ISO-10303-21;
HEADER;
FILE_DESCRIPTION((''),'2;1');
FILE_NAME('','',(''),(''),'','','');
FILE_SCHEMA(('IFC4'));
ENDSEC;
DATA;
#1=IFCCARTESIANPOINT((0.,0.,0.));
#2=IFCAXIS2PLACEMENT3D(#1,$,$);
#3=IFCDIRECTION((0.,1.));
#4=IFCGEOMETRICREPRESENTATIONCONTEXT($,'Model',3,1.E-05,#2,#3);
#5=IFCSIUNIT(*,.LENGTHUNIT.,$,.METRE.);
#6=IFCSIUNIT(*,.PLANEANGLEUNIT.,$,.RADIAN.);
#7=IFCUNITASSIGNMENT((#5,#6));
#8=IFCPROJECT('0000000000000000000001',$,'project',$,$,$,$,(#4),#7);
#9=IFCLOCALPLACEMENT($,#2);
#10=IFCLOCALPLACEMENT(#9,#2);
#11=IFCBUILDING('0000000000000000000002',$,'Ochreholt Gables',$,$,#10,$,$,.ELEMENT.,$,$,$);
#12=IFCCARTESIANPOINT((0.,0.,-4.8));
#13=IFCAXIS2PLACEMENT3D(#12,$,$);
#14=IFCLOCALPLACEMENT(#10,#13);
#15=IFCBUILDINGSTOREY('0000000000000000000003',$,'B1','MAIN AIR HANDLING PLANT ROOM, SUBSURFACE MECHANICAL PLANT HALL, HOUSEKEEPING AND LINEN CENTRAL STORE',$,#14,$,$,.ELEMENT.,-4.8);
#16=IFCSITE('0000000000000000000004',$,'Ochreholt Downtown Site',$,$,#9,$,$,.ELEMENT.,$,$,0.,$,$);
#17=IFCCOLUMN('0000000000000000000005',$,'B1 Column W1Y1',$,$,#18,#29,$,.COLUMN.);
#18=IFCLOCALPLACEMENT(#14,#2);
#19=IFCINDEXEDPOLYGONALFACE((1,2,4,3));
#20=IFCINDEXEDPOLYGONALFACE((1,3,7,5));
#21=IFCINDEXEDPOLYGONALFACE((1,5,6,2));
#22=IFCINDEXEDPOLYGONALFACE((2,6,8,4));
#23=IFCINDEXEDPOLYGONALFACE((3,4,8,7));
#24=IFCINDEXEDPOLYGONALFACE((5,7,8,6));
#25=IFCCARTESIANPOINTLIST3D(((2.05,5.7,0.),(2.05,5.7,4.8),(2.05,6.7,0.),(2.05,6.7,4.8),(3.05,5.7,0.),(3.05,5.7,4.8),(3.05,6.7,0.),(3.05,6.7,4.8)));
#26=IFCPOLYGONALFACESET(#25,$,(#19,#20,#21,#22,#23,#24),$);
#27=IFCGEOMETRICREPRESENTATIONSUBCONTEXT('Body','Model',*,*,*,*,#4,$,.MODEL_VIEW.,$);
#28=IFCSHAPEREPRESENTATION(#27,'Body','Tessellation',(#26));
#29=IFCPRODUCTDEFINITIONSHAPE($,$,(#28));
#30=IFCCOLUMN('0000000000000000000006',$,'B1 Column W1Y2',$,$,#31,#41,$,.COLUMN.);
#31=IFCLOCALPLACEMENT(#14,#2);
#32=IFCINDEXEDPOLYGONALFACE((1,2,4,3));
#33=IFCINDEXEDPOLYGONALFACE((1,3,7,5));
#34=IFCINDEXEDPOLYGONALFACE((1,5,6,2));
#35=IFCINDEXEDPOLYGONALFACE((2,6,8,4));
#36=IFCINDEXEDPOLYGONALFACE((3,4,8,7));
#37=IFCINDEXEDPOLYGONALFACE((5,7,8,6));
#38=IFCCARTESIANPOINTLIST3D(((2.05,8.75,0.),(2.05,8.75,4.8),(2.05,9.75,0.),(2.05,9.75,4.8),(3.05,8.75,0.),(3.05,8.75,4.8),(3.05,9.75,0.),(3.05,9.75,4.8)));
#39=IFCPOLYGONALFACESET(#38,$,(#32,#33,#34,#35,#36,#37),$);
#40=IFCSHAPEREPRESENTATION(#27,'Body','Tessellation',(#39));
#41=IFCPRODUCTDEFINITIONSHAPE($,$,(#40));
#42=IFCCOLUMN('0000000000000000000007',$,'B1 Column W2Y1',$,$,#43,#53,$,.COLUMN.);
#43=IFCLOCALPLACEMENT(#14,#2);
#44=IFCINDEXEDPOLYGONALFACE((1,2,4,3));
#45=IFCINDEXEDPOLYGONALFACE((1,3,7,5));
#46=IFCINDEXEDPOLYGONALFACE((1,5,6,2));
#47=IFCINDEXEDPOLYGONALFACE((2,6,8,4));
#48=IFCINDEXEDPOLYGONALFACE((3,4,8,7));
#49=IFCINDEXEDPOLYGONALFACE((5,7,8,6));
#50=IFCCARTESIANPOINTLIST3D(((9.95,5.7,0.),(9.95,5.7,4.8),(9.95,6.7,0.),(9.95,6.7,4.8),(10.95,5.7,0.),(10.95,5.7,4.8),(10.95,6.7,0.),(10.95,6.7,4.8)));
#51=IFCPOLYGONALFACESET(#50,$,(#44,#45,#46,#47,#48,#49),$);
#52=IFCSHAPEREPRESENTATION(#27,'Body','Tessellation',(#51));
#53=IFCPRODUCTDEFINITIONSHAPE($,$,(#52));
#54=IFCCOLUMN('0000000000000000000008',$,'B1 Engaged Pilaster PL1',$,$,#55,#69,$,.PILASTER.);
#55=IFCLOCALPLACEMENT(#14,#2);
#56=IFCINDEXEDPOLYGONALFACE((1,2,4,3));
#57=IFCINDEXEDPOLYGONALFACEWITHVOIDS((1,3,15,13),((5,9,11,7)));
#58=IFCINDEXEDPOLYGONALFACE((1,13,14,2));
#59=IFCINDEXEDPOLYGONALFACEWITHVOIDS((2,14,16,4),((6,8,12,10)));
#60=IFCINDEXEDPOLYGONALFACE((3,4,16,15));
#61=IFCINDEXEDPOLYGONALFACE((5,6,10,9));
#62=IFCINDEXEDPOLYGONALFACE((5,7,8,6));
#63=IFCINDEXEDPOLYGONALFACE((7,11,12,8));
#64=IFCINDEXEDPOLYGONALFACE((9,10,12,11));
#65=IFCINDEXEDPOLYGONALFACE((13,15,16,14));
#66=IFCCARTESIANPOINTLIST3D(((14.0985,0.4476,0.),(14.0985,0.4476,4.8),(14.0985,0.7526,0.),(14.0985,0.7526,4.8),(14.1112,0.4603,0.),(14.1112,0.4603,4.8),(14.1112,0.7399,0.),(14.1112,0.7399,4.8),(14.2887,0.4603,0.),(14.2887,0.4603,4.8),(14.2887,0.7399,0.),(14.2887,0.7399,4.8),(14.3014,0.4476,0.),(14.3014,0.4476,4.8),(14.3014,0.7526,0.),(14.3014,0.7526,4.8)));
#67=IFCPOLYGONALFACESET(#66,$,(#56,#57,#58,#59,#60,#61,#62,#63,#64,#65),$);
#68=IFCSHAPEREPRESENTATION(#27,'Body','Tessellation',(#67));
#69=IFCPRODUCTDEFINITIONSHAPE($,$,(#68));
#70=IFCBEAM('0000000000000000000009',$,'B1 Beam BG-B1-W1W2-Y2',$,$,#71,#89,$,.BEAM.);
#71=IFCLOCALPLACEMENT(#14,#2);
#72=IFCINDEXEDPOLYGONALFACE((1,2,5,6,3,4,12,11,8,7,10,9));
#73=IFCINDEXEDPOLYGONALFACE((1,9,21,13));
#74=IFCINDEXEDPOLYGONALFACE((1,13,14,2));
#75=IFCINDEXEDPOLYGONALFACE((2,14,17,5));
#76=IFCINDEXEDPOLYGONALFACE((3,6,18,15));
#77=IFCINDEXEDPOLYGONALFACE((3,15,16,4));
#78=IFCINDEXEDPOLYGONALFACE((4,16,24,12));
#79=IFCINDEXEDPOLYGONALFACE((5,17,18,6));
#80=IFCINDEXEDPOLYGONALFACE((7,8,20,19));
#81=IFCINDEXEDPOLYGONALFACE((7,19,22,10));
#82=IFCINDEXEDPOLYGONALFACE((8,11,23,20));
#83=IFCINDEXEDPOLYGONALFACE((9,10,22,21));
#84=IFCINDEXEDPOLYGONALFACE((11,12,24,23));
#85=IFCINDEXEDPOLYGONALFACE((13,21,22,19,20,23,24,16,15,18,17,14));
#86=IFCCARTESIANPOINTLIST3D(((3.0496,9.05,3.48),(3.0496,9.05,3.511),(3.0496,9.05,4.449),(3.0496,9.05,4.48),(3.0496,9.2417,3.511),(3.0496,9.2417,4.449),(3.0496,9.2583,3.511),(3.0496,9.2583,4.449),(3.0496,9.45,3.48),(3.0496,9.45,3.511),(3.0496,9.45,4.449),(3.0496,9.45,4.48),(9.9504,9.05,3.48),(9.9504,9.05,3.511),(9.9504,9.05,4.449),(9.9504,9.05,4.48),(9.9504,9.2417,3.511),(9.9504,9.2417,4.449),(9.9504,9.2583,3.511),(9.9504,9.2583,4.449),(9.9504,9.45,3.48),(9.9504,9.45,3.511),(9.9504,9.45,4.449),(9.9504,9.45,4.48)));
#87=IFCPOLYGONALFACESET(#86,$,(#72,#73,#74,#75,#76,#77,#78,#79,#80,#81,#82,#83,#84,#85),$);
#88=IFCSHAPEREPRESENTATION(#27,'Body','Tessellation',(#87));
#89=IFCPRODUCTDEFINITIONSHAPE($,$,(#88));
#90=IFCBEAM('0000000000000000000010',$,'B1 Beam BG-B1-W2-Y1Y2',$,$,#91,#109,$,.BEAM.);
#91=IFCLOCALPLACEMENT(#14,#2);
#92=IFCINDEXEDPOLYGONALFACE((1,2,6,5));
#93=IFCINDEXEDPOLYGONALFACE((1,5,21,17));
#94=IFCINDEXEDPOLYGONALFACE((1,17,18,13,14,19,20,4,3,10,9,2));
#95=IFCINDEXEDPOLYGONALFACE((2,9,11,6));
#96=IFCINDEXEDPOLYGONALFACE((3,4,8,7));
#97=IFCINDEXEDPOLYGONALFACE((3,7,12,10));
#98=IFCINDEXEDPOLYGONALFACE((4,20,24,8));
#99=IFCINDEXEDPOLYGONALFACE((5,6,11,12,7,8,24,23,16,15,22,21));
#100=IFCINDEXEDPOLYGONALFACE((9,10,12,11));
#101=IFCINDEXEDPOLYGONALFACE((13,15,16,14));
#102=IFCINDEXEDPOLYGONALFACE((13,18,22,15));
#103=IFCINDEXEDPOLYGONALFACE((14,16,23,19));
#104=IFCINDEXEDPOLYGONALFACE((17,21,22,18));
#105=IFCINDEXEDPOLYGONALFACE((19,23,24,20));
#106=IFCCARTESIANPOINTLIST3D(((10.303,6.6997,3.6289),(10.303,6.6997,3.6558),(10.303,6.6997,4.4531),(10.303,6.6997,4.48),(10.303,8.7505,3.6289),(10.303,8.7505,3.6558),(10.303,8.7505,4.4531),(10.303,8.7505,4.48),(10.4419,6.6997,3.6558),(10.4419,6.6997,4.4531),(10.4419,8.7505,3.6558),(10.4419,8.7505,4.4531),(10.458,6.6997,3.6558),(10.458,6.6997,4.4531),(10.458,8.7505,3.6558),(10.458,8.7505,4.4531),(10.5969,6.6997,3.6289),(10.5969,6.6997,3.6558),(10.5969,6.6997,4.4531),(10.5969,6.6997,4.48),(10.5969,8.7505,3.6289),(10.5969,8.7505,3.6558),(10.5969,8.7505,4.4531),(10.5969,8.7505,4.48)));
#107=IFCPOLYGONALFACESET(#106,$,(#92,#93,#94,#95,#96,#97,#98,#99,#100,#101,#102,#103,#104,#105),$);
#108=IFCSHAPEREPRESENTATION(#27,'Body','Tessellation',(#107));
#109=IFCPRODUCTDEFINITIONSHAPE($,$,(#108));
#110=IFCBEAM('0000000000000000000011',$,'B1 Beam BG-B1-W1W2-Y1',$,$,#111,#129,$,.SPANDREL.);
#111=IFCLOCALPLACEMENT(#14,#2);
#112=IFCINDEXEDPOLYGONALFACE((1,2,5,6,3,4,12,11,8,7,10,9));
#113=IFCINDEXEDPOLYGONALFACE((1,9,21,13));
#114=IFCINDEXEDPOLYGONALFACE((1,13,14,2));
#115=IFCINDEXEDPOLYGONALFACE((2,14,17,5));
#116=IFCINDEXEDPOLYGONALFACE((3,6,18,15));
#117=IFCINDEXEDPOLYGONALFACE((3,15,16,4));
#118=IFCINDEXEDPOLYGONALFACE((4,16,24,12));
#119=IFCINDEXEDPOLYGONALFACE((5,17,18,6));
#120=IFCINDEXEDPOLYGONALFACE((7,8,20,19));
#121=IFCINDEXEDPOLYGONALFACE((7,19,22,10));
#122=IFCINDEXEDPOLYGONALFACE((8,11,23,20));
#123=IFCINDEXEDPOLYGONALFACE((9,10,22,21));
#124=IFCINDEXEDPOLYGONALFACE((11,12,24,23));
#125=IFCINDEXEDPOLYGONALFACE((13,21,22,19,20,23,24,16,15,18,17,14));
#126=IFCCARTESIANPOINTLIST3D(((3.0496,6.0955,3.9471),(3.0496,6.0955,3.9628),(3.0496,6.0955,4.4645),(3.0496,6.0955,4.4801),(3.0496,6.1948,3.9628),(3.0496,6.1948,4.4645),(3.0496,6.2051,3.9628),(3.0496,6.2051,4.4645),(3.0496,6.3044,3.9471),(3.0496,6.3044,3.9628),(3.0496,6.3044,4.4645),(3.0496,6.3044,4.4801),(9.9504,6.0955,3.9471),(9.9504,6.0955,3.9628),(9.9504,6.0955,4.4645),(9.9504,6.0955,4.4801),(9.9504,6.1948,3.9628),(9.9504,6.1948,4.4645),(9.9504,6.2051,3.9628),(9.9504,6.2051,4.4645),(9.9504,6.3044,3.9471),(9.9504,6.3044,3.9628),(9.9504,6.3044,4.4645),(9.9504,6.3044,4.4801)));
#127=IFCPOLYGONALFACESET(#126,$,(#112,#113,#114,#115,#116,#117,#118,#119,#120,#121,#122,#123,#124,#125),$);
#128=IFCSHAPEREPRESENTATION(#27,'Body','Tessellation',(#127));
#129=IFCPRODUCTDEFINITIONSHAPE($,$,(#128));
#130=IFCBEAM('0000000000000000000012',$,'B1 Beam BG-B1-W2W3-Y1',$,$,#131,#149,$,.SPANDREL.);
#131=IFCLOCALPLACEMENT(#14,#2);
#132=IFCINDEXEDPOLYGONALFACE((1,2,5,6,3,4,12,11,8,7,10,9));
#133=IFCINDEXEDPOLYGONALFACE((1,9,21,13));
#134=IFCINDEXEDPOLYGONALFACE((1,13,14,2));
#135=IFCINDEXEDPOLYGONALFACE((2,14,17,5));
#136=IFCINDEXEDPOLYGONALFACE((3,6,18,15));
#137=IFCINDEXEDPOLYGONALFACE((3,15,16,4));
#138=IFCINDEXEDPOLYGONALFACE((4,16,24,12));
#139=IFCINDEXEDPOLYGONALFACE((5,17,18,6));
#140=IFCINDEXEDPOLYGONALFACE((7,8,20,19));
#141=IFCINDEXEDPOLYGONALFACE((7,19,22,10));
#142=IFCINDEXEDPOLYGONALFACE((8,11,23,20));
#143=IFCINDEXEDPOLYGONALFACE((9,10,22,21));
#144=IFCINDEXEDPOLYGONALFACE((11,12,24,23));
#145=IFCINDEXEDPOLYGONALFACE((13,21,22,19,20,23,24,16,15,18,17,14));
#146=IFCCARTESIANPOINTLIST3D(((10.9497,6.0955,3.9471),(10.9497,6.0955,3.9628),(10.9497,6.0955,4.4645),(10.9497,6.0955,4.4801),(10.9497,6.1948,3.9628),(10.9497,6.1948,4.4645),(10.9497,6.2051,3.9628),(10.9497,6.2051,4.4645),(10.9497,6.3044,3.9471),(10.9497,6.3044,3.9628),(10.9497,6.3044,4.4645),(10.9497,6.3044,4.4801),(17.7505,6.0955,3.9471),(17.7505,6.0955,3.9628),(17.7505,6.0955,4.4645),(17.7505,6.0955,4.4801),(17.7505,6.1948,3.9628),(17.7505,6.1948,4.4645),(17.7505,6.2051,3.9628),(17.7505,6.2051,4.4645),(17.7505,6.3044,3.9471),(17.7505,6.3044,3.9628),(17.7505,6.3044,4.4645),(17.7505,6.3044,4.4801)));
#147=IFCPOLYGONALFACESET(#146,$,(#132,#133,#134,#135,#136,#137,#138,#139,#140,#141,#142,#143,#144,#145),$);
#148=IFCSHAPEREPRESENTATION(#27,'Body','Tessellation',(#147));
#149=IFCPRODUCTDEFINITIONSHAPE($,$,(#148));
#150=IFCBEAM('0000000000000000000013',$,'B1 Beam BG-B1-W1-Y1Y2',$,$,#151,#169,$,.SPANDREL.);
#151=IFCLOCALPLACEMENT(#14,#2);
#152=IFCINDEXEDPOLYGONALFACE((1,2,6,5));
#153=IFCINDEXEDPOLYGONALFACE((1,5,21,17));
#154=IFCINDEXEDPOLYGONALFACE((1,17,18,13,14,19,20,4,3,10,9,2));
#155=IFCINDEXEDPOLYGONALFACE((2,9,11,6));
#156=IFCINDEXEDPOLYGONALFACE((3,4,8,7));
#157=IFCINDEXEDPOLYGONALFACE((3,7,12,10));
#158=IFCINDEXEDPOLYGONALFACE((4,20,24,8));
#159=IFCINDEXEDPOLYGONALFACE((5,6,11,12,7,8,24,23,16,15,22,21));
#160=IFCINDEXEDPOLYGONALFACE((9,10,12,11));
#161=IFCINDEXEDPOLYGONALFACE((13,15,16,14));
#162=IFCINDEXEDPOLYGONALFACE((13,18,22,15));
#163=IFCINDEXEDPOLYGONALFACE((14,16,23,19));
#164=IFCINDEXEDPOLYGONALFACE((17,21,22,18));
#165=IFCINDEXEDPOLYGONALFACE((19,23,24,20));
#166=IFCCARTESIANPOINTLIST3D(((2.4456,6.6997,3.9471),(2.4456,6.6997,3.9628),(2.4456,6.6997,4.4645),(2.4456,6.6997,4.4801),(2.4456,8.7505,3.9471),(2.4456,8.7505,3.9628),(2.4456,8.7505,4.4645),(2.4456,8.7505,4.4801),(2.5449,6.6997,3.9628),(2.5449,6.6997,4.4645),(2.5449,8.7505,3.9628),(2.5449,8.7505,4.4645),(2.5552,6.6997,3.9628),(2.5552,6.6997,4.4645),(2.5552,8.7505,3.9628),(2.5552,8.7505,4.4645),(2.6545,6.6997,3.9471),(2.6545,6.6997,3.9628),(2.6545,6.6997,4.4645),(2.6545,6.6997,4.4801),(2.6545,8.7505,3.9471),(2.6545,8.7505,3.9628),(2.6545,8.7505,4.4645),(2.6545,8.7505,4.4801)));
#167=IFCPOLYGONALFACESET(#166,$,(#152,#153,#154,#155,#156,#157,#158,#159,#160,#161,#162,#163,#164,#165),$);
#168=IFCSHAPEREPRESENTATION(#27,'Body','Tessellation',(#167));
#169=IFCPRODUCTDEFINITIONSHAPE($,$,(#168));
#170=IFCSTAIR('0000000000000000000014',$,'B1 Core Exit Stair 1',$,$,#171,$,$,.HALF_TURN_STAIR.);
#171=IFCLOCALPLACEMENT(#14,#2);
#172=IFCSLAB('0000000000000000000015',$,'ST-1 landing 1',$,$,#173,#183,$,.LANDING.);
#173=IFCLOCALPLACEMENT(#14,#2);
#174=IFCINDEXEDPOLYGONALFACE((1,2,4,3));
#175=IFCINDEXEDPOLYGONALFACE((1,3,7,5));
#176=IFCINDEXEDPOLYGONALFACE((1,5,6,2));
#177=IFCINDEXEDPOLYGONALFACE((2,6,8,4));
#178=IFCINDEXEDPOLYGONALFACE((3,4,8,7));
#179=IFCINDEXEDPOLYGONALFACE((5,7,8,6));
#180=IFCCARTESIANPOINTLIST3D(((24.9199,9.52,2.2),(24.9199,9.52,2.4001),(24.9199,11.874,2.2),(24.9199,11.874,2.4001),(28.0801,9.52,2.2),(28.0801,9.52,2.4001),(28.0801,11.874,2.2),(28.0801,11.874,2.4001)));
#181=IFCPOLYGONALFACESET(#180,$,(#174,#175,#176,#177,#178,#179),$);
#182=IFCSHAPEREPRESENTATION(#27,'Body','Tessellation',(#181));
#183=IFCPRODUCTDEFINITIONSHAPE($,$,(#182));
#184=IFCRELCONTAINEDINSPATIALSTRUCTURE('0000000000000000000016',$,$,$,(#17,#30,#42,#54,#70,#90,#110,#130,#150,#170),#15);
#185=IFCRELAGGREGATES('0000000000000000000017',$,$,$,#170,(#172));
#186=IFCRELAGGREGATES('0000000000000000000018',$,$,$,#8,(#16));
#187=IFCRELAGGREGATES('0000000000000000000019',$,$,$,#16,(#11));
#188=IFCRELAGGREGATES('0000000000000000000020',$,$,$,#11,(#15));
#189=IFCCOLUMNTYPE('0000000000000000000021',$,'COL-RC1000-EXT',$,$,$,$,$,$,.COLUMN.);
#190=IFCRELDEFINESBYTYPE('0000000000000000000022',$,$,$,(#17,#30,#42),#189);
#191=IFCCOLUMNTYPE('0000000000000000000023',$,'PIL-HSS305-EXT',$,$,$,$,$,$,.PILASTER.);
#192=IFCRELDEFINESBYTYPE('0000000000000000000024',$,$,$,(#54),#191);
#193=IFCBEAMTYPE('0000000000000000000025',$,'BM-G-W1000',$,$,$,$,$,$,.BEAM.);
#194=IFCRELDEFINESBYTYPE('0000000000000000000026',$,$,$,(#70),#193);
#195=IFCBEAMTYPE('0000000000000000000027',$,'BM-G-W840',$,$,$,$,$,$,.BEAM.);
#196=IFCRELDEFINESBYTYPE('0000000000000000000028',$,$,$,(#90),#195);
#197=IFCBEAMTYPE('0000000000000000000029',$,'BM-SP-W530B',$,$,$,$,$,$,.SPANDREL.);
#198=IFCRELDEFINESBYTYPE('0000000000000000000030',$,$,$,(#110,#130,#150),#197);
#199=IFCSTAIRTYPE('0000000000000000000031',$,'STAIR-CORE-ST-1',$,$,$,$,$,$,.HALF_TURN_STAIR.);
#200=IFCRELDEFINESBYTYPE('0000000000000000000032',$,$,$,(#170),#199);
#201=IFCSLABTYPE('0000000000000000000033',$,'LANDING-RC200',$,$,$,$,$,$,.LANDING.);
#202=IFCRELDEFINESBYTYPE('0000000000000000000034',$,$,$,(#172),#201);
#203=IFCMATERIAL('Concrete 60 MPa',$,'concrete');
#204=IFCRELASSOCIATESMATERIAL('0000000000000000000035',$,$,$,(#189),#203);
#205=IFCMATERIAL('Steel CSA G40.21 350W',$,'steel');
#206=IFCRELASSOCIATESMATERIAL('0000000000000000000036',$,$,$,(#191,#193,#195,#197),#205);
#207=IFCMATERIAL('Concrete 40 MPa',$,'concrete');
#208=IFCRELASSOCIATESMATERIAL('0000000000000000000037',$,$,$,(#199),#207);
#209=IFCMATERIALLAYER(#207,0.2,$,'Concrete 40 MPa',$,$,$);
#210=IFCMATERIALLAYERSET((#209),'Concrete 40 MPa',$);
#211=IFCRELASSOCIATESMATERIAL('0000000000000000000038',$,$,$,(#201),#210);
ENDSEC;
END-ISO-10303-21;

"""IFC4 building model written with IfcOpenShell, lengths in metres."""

from ifc_helpers import new_model, si_unit, direction, frame, origin, origin_2d, place, context, subcontext, project, spatial, polyline, rectangle, hollow_rectangle, i_section, outline, extrude, material, layer, layer_set, material_profile, profile_set, type_object, element, aggregate, save


model = new_model("IFC4")

# Units and contexts
model_context = context("Model", 3, precision=1e-05, world=origin(), true_north=direction((0.0, 1.0)))
body_context = subcontext(model_context, "Body", "Model", "MODEL_VIEW")
ifc_project = project(units=[si_unit("LENGTHUNIT", "METRE"), si_unit("PLANEANGLEUNIT", "RADIAN")], contexts=[model_context])

# Site, building, storey
site_placement = place(None, origin())
site = spatial("IfcSite", under=ifc_project, at=site_placement, Name="Ochreholt Downtown Site", CompositionType="ELEMENT", RefElevation=0.0)
building_placement = place(site_placement, origin())
building = spatial("IfcBuilding", under=site, at=building_placement, Name="Ochreholt Gables", CompositionType="ELEMENT")
storey_placement = place(building_placement, frame((0.0, 0.0, -4.8)))
storey = spatial("IfcBuildingStorey", under=building, at=storey_placement, Name="B1", Description="MAIN AIR HANDLING PLANT ROOM, SUBSURFACE MECHANICAL PLANT HALL, HOUSEKEEPING AND LINEN CENTRAL STORE", CompositionType="ELEMENT", Elevation=-4.8)

# Columns
ifc_material_1 = material(Name="Concrete 60 MPa", Category="concrete")
ifc_material_profile_1 = material_profile(ifc_material_1, rectangle(XDim=1.0, YDim=1.0, at=origin_2d()), Name="RC1000X1000")
ifc_profile_set_1 = profile_set([ifc_material_profile_1], Name="Concrete 60 MPa")
column_type_1 = type_object("IfcColumnType", Name="COL-RC1000-EXT", PredefinedType="COLUMN", material=ifc_profile_set_1)
for number, where, z_axis, x_axis, name in (
    (1, (2.55, 6.2, 0.0), (0.0, 0.0, 1.0), (1.0, 0.0, 0.0), "B1 Column W1Y1"),
    (2, (2.55, 9.25, 0.0), (0.0, 0.0, 1.0), (1.0, 0.0, 0.0), "B1 Column W1Y2"),
    (3, (10.45, 6.2, 0.0), (0.0, 0.0, 1.0), (1.0, 0.0, 0.0), "B1 Column W2Y1"),
):
    element("IfcColumn", number, at=place(storey_placement, frame(where, z_axis=z_axis, x_axis=x_axis)), inside=storey, type_object=column_type_1, Name=name, PredefinedType="COLUMN", context=body_context, shape_type="SweptSolid", body=[
        extrude(rectangle(XDim=1.0, YDim=1.0, at=origin_2d()), origin(), (0.0, 0.0, 1.0), 4.8),
    ])
ifc_material_2 = material(Name="Steel CSA G40.21 350W", Category="steel")
ifc_material_profile_2 = material_profile(ifc_material_2, hollow_rectangle(XDim=0.2029, YDim=0.3049, WallThickness=0.0127, at=origin_2d()), Name="HSS305X203X13")
ifc_profile_set_2 = profile_set([ifc_material_profile_2], Name="Steel CSA G40.21 350W")
column_type_2 = type_object("IfcColumnType", Name="PIL-HSS305-EXT", PredefinedType="PILASTER", material=ifc_profile_set_2)
column_placement = place(storey_placement, frame((14.2, 0.6001, 0.0), z_axis=(0.0, 0.0, 1.0), x_axis=(1.0, 0.0, 0.0)))
element("IfcColumn", 4, at=column_placement, inside=storey, type_object=column_type_2, Name="B1 Engaged Pilaster PL1", PredefinedType="PILASTER", context=body_context, shape_type="SweptSolid", body=[
    extrude(hollow_rectangle(XDim=0.2029, YDim=0.3049, WallThickness=0.0127, at=origin_2d()), origin(), (0.0, 0.0, 1.0), 4.8),
])

# Beams
ifc_material_profile_3 = material_profile(ifc_material_2, i_section(OverallWidth=0.3999, OverallDepth=1.0, WebThickness=0.0166, FlangeThickness=0.031, at=origin_2d()), Name="W1000X321")
ifc_profile_set_3 = profile_set([ifc_material_profile_3], Name="Steel CSA G40.21 350W")
beam_type_1 = type_object("IfcBeamType", Name="BM-G-W1000", PredefinedType="BEAM", material=ifc_profile_set_3)
beam_1_placement = place(storey_placement, frame((3.0496, 9.25, 3.98), z_axis=(1.0, 0.0, 0.0), x_axis=(0.0, 1.0, 0.0)))
element("IfcBeam", 5, at=beam_1_placement, inside=storey, type_object=beam_type_1, Name="B1 Beam BG-B1-W1W2-Y2", PredefinedType="BEAM", context=body_context, shape_type="SweptSolid", body=[
    extrude(i_section(OverallWidth=0.3999, OverallDepth=1.0, WebThickness=0.0166, FlangeThickness=0.031, at=origin_2d()), origin(), (0.0, 0.0, 1.0), 6.9009),
])
ifc_material_profile_4 = material_profile(ifc_material_2, i_section(OverallWidth=0.2939, OverallDepth=0.8511, WebThickness=0.0161, FlangeThickness=0.0269, at=origin_2d()), Name="W840X226")
ifc_profile_set_4 = profile_set([ifc_material_profile_4], Name="Steel CSA G40.21 350W")
beam_type_2 = type_object("IfcBeamType", Name="BM-G-W840", PredefinedType="BEAM", material=ifc_profile_set_4)
beam_2_placement = place(storey_placement, frame((10.45, 6.6997, 4.0544), z_axis=(0.0, 1.0, 0.0), x_axis=(-1.0, 0.0, 0.0)))
element("IfcBeam", 6, at=beam_2_placement, inside=storey, type_object=beam_type_2, Name="B1 Beam BG-B1-W2-Y1Y2", PredefinedType="BEAM", context=body_context, shape_type="SweptSolid", body=[
    extrude(i_section(OverallWidth=0.2939, OverallDepth=0.8511, WebThickness=0.0161, FlangeThickness=0.0269, at=origin_2d()), origin(), (0.0, 0.0, 1.0), 2.0508),
])
ifc_material_profile_5 = material_profile(ifc_material_2, i_section(OverallWidth=0.209, OverallDepth=0.533, WebThickness=0.0103, FlangeThickness=0.0156, at=origin_2d()), Name="W530X92")
ifc_profile_set_5 = profile_set([ifc_material_profile_5], Name="Steel CSA G40.21 350W")
beam_type_3 = type_object("IfcBeamType", Name="BM-SP-W530B", PredefinedType="SPANDREL", material=ifc_profile_set_5)
beam_3_placement = place(storey_placement, frame((3.0496, 6.2, 4.2136), z_axis=(1.0, 0.0, 0.0), x_axis=(0.0, 1.0, 0.0)))
element("IfcBeam", 7, at=beam_3_placement, inside=storey, type_object=beam_type_3, Name="B1 Beam BG-B1-W1W2-Y1", PredefinedType="SPANDREL", context=body_context, shape_type="SweptSolid", body=[
    extrude(i_section(OverallWidth=0.209, OverallDepth=0.533, WebThickness=0.0103, FlangeThickness=0.0156, at=origin_2d()), origin(), (0.0, 0.0, 1.0), 6.9009),
])
beam_4_placement = place(storey_placement, frame((10.9497, 6.2, 4.2136), z_axis=(1.0, 0.0, 0.0), x_axis=(0.0, 1.0, 0.0)))
element("IfcBeam", 8, at=beam_4_placement, inside=storey, type_object=beam_type_3, Name="B1 Beam BG-B1-W2W3-Y1", PredefinedType="SPANDREL", context=body_context, shape_type="SweptSolid", body=[
    extrude(i_section(OverallWidth=0.209, OverallDepth=0.533, WebThickness=0.0103, FlangeThickness=0.0156, at=origin_2d()), origin(), (0.0, 0.0, 1.0), 6.8008),
])
beam_5_placement = place(storey_placement, frame((2.55, 6.6997, 4.2136), z_axis=(0.0, 1.0, 0.0), x_axis=(-1.0, 0.0, 0.0)))
element("IfcBeam", 9, at=beam_5_placement, inside=storey, type_object=beam_type_3, Name="B1 Beam BG-B1-W1-Y1Y2", PredefinedType="SPANDREL", context=body_context, shape_type="SweptSolid", body=[
    extrude(i_section(OverallWidth=0.209, OverallDepth=0.533, WebThickness=0.0103, FlangeThickness=0.0156, at=origin_2d()), origin(), (0.0, 0.0, 1.0), 2.0508),
])

# Stair, slab
ifc_material_3 = material(Name="Concrete 40 MPa", Category="concrete")
stair_type_1 = type_object("IfcStairType", Name="STAIR-CORE-ST-1", PredefinedType="HALF_TURN_STAIR", material=ifc_material_3)
stair_1_placement = place(storey_placement, origin())
stair_1 = element("IfcStair", 10, at=stair_1_placement, inside=storey, type_object=stair_type_1, Name="B1 Core Exit Stair 1", PredefinedType="HALF_TURN_STAIR")
ifc_layer_1 = layer(ifc_material_3, 0.2, Name="Concrete 40 MPa")
ifc_layer_set_1 = layer_set([ifc_layer_1], Name="Concrete 40 MPa")
slab_type_1 = type_object("IfcSlabType", Name="LANDING-RC200", PredefinedType="LANDING", material=ifc_layer_set_1)
slab_1_placement = place(storey_placement, frame((0.0, 0.0, 2.2)))
slab_1 = element("IfcSlab", 11, at=slab_1_placement, type_object=slab_type_1, Name="ST-1 landing 1", PredefinedType="LANDING", context=body_context, shape_type="SweptSolid", body=[
    extrude(outline(polyline([(24.9199, 11.874), (24.9199, 9.52), (28.0801, 9.52), (28.0801, 11.874), (24.9199, 11.874)])), origin(), (0.0, 0.0, 1.0), 0.2002),
])
aggregate(stair_1, [slab_1])

save(model, "model.ifc")
